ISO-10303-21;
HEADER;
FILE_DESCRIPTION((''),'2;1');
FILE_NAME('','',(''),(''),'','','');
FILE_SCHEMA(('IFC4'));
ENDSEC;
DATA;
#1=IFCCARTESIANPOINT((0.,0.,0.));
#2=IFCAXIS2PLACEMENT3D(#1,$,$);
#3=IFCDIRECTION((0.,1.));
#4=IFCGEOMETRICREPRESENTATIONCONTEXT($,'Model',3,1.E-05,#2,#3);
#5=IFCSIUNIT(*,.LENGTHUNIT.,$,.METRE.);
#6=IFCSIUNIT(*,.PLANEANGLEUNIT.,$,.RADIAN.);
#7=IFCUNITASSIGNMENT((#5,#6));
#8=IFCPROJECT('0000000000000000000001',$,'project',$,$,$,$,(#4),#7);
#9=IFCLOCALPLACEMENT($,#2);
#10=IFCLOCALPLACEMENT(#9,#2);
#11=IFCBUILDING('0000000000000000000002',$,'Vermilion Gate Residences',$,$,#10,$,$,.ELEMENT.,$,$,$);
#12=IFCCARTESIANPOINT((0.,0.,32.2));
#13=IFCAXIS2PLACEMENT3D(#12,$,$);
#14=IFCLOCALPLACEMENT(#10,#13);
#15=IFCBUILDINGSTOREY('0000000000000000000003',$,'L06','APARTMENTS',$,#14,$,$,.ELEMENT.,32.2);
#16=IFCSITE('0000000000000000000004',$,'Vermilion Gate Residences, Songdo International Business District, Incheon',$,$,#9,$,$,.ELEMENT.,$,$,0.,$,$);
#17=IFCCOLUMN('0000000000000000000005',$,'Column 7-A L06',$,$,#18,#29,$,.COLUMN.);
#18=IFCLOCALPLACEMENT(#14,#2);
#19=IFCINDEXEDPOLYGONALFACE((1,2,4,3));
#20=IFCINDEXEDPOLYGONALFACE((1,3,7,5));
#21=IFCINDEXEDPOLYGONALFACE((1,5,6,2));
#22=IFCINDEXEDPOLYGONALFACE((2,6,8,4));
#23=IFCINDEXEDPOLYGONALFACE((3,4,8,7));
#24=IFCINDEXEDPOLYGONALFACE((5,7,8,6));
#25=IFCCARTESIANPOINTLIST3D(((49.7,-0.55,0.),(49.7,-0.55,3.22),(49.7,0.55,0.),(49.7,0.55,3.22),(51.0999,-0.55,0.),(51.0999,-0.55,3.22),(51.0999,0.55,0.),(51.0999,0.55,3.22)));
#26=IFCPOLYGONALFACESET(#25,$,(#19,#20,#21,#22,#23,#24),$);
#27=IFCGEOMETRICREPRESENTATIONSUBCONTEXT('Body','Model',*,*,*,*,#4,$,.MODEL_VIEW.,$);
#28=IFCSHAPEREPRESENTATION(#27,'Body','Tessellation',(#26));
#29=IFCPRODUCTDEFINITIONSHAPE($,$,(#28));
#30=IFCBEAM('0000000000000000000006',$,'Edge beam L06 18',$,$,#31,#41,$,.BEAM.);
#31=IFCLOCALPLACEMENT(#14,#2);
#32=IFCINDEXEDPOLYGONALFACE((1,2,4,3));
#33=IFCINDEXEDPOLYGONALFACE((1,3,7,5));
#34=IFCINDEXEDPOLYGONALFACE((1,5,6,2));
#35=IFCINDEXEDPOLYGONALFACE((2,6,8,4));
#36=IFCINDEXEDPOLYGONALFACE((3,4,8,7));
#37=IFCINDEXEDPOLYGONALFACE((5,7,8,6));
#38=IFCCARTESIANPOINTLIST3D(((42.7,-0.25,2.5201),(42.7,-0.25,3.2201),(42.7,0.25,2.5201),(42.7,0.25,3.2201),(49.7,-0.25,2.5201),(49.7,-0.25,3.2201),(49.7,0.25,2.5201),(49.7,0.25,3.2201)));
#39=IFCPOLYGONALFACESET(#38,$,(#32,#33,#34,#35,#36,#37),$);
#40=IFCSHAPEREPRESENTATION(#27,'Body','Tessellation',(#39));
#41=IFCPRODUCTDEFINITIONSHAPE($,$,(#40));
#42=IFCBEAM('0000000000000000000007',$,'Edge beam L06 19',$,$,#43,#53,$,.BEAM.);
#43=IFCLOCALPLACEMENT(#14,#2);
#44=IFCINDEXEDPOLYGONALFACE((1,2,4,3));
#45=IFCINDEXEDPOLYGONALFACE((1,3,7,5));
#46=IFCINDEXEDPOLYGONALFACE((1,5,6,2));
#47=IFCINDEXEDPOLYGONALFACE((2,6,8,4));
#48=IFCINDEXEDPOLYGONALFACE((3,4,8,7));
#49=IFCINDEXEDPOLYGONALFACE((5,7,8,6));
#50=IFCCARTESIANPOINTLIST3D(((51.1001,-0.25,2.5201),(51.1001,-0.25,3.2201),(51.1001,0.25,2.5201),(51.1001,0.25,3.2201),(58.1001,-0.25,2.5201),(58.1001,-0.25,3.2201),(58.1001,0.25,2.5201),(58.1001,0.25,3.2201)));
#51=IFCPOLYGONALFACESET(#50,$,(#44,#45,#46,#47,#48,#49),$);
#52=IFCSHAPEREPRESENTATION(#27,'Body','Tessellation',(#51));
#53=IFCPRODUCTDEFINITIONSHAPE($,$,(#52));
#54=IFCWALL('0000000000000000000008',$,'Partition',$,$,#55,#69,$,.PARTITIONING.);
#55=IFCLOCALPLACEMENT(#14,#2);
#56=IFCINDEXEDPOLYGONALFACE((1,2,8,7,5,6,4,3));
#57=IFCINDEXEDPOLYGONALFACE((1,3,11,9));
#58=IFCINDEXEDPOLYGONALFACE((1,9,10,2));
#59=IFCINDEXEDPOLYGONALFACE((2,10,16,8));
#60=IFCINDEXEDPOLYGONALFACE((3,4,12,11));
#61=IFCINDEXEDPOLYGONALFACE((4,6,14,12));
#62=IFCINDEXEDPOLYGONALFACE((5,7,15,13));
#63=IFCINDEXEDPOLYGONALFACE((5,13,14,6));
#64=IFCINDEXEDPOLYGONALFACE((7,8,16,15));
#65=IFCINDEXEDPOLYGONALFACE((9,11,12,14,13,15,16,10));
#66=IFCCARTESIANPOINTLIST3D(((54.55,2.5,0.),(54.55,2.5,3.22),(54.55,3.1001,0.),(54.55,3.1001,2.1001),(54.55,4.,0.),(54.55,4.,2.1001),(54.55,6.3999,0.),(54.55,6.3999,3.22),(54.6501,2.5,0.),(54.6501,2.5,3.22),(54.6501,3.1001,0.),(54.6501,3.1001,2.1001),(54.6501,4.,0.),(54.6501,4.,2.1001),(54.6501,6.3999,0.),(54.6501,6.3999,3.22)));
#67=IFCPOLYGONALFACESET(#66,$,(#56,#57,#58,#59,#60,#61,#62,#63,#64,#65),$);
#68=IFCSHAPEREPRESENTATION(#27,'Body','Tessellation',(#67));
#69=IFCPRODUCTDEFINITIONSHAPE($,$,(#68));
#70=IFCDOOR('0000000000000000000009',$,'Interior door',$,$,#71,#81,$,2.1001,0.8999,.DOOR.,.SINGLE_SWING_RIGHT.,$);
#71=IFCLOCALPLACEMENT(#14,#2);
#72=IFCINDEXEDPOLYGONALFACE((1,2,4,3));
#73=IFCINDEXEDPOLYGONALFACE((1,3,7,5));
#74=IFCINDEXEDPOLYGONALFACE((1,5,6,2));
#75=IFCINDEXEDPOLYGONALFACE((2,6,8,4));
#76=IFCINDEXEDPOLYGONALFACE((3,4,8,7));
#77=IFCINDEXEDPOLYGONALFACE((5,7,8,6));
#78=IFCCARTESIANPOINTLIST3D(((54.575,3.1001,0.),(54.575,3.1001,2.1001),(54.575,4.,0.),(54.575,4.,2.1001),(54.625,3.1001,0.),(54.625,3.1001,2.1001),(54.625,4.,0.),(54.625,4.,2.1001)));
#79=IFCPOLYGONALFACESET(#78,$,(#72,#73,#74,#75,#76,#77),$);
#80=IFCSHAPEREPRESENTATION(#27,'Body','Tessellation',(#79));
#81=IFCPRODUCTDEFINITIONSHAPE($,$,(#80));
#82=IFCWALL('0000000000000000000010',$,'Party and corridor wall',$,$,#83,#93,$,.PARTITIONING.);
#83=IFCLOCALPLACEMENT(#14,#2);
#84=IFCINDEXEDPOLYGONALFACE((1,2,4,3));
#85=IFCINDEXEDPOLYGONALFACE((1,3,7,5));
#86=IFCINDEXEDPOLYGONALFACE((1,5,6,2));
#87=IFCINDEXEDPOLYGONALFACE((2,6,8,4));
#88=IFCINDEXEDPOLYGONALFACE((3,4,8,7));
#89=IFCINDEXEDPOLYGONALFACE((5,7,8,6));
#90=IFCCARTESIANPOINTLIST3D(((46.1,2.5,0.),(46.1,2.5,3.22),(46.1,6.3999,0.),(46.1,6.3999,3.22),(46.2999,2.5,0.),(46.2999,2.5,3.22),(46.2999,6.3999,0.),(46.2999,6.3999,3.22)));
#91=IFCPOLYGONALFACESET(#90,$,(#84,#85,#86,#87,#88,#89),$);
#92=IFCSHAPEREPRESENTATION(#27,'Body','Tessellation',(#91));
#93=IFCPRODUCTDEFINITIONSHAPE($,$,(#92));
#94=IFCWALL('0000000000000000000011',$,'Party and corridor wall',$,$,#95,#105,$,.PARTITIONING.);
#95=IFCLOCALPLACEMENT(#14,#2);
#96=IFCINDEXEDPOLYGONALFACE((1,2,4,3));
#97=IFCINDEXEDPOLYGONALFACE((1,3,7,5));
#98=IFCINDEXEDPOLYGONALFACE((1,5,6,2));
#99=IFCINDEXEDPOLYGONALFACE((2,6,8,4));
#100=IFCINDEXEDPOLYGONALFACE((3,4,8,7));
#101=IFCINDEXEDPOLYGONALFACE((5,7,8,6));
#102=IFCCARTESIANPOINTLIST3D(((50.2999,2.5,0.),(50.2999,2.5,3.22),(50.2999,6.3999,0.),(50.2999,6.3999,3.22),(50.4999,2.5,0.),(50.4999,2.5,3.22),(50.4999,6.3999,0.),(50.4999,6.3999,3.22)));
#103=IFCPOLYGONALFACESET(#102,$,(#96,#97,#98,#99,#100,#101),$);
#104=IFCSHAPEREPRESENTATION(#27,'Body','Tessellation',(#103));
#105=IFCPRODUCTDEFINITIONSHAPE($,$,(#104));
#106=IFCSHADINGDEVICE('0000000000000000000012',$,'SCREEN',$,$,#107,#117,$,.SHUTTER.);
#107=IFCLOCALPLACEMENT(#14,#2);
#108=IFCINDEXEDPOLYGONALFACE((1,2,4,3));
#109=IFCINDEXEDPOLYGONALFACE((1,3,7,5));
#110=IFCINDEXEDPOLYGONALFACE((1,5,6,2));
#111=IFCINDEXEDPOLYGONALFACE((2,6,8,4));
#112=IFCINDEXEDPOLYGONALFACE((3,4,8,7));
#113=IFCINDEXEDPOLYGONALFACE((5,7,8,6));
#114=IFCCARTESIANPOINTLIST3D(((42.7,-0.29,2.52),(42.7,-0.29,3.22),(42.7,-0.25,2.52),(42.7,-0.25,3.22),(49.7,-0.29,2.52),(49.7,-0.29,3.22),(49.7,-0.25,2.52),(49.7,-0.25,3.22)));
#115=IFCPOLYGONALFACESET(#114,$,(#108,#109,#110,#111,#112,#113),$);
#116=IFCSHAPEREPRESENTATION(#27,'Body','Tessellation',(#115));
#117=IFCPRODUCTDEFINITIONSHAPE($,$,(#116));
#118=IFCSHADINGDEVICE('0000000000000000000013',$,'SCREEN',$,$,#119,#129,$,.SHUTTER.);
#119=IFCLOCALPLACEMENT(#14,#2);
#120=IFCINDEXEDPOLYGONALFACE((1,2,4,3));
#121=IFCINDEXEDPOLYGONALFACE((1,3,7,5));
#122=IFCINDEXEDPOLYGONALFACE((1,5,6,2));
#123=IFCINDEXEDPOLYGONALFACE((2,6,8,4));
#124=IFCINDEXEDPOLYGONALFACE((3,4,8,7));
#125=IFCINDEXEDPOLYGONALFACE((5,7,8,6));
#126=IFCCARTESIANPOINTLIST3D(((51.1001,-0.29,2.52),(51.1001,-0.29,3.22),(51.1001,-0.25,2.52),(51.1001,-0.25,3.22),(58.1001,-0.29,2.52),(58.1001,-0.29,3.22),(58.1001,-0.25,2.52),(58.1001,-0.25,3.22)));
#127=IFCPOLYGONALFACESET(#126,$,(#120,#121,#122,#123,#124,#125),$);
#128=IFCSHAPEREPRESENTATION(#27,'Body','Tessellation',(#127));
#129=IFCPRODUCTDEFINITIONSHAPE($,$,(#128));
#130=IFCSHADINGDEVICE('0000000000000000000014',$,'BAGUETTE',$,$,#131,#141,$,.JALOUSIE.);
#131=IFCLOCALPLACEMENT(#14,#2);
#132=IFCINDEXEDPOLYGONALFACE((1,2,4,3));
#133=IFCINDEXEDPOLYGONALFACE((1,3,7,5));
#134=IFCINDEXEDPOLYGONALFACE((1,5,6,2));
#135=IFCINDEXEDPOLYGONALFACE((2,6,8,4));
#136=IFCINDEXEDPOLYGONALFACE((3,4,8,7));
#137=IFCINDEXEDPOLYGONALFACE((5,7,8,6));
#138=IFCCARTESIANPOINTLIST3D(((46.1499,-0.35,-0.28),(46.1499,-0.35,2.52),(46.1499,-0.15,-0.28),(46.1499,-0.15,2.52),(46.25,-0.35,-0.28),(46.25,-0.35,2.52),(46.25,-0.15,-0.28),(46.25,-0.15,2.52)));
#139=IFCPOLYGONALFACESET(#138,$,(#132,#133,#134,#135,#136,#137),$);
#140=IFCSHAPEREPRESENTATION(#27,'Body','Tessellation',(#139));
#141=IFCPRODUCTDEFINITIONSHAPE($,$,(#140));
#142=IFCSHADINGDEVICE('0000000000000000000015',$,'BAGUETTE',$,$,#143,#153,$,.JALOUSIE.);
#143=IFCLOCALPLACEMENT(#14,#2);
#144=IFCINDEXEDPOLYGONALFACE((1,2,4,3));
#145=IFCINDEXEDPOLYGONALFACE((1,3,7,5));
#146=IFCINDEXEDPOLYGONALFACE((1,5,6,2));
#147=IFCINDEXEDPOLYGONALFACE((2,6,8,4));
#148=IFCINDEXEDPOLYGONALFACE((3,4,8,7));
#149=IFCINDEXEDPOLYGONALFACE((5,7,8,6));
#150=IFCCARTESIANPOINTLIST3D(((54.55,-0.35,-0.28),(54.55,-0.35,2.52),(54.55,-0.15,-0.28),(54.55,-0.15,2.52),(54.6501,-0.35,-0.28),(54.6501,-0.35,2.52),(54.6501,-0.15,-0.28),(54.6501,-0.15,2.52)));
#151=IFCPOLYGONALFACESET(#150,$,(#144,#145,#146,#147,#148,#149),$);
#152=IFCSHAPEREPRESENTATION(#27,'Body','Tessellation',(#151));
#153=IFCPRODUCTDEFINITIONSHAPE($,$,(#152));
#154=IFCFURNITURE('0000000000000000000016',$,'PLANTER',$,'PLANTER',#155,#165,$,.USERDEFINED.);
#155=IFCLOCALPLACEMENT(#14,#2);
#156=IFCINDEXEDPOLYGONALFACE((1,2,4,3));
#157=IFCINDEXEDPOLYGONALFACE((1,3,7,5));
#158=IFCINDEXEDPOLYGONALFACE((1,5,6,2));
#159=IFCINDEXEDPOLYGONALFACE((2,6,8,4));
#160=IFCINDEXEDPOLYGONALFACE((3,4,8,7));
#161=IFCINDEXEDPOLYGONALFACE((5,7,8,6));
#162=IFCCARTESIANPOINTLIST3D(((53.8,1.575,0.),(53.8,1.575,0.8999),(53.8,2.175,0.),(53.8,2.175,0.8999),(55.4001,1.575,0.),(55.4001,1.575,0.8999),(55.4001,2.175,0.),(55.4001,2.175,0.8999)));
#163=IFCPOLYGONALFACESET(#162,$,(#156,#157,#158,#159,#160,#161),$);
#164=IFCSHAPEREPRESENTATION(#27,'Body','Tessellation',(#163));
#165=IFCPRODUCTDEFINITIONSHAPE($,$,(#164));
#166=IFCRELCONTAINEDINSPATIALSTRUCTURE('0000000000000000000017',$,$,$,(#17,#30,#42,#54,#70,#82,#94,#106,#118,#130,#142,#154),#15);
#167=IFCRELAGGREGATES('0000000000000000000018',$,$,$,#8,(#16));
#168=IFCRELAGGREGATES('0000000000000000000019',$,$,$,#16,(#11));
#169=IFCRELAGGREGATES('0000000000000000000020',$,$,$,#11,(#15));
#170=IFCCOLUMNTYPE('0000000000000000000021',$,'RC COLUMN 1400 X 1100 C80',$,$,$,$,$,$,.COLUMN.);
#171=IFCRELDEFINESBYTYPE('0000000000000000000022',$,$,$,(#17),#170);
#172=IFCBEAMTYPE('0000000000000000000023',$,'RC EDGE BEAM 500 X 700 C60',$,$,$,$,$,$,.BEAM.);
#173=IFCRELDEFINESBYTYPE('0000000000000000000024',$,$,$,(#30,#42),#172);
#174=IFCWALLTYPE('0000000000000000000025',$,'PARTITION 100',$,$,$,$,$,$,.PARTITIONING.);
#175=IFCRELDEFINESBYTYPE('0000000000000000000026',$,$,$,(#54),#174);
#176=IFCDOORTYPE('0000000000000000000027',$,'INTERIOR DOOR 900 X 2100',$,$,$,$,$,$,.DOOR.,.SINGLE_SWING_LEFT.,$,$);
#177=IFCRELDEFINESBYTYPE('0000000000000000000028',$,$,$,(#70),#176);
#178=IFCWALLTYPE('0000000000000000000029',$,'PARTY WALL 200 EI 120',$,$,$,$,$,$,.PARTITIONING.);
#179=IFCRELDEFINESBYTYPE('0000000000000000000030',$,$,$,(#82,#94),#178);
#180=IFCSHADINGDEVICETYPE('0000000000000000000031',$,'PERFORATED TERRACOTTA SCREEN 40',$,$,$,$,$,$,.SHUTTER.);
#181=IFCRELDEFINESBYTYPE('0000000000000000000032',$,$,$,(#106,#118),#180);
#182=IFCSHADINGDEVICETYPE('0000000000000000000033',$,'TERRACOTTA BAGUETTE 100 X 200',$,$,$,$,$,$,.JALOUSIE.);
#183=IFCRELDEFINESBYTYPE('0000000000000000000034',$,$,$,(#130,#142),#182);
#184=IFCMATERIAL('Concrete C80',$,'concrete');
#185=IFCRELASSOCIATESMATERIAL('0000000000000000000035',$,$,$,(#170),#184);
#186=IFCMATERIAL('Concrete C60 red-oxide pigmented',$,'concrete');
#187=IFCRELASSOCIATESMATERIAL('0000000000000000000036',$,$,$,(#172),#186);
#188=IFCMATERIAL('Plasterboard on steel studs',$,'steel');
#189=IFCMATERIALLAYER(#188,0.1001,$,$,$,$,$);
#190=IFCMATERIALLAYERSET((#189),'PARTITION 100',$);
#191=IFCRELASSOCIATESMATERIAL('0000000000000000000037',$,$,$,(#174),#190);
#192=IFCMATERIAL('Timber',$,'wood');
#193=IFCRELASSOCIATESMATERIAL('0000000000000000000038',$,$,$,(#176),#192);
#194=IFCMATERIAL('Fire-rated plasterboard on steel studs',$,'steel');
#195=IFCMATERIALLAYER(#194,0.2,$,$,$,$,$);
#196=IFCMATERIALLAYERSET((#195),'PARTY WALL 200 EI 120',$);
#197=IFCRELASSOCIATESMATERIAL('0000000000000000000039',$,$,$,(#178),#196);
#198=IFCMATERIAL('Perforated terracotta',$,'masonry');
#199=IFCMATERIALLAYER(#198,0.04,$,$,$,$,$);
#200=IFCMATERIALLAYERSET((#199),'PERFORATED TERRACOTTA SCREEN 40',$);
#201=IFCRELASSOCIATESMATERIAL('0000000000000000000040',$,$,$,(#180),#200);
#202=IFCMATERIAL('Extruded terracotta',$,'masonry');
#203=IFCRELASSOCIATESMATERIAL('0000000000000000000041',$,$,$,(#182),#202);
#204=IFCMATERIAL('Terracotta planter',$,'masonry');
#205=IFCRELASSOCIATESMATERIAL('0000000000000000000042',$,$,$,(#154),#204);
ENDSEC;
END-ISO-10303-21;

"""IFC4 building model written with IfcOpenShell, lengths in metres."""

from ifc_helpers import new_model, si_unit, direction, frame, frame_2d, origin, origin_2d, place, context, subcontext, project, spatial, rectangle, extrude, material, layer, layer_set, material_profile, profile_set, type_object, element, fill, save


model = new_model("IFC4")

# Units and contexts
model_context = context("Model", 3, precision=1e-05, world=origin(), true_north=direction((0.0, 1.0)))
body_context = subcontext(model_context, "Body", "Model", "MODEL_VIEW")
ifc_project = project(units=[si_unit("LENGTHUNIT", "METRE"), si_unit("PLANEANGLEUNIT", "RADIAN")], contexts=[model_context])

# Site, building, storey
site_placement = place(None, origin())
site = spatial("IfcSite", under=ifc_project, at=site_placement, Name="Vermilion Gate Residences, Songdo International Business District, Incheon", CompositionType="ELEMENT", RefElevation=0.0)
building_placement = place(site_placement, origin())
building = spatial("IfcBuilding", under=site, at=building_placement, Name="Vermilion Gate Residences", CompositionType="ELEMENT")
storey_placement = place(building_placement, frame((0.0, 0.0, 32.2)))
storey = spatial("IfcBuildingStorey", under=building, at=storey_placement, Name="L06", Description="APARTMENTS", CompositionType="ELEMENT", Elevation=32.2)

# Column
ifc_material_1 = material(Name="Concrete C80", Category="concrete")
ifc_material_profile_1 = material_profile(ifc_material_1, rectangle(XDim=1.3999, YDim=1.1001, at=origin_2d()), Name="RC-1400x1100")
ifc_profile_set_1 = profile_set([ifc_material_profile_1], Name="Concrete C80")
column_type = type_object("IfcColumnType", Name="RC COLUMN 1400 X 1100 C80", PredefinedType="COLUMN", material=ifc_profile_set_1)
column_placement = place(storey_placement, frame((50.3999, 0.0, 0.0), z_axis=(0.0, 0.0, 1.0), x_axis=(1.0, 0.0, 0.0)))
element("IfcColumn", 1, at=column_placement, inside=storey, type_object=column_type, Name="Column 7-A L06", PredefinedType="COLUMN", context=body_context, shape_type="SweptSolid", body=[
    extrude(rectangle(XDim=1.3999, YDim=1.1001, at=origin_2d()), origin(), (0.0, 0.0, 1.0), 3.22),
])

# Beams
ifc_material_2 = material(Name="Concrete C60 red-oxide pigmented", Category="concrete")
ifc_material_profile_2 = material_profile(ifc_material_2, rectangle(XDim=0.5, YDim=0.7, at=origin_2d()), Name="RC-500x700")
ifc_profile_set_2 = profile_set([ifc_material_profile_2], Name="Concrete C60 red-oxide pigmented")
beam_type = type_object("IfcBeamType", Name="RC EDGE BEAM 500 X 700 C60", PredefinedType="BEAM", material=ifc_profile_set_2)
for number, where, z_axis, x_axis, name in (
    (2, (42.7, 0.0, 2.8701), (1.0, 0.0, 0.0), (0.0, 1.0, 0.0), "Edge beam L06 18"),
    (3, (51.1001, 0.0, 2.8701), (1.0, 0.0, 0.0), (0.0, 1.0, 0.0), "Edge beam L06 19"),
):
    element("IfcBeam", number, at=place(storey_placement, frame(where, z_axis=z_axis, x_axis=x_axis)), inside=storey, type_object=beam_type, Name=name, PredefinedType="BEAM", context=body_context, shape_type="SweptSolid", body=[
        extrude(rectangle(XDim=0.5, YDim=0.7, at=origin_2d()), origin(), (0.0, 0.0, 1.0), 7.0),
    ])

# Wall, opening, door
ifc_material_3 = material(Name="Plasterboard on steel studs", Category="steel")
ifc_layer_1 = layer(ifc_material_3, 0.1001)
ifc_layer_set_1 = layer_set([ifc_layer_1], Name="PARTITION 100")
wall_type_1 = type_object("IfcWallType", Name="PARTITION 100", PredefinedType="PARTITIONING", material=ifc_layer_set_1)
wall_placement = place(storey_placement, frame((54.6001, 2.5, 0.0), z_axis=(0.0, 0.0, 1.0), x_axis=(0.0, 1.0, 0.0)))
wall = element("IfcWall", 4, at=wall_placement, inside=storey, type_object=wall_type_1, Name="Partition", PredefinedType="PARTITIONING", context=body_context, shape_type="SweptSolid", body=[
    extrude(rectangle(XDim=3.8999, YDim=0.1001, at=frame_2d((1.95, 0.0))), origin(), (0.0, 0.0, 1.0), 3.22),
])
opening_placement = place(wall_placement, frame((0.6001, 0.0, 0.0)))
opening = element("IfcOpeningElement", 5, at=opening_placement, cuts=wall, PredefinedType="OPENING", context=body_context, shape_type="SweptSolid", body=[
    extrude(rectangle(XDim=0.8999, YDim=2.1001, at=frame_2d((0.45, 1.05))), frame((0.0, 0.0601, 0.0), z_axis=(0.0, -1.0, 0.0), x_axis=(1.0, 0.0, 0.0)), (0.0, 0.0, 1.0), 0.1201),
])
ifc_material_4 = material(Name="Timber", Category="wood")
door_type = type_object("IfcDoorType", Name="INTERIOR DOOR 900 X 2100", OperationType="SINGLE_SWING_LEFT", PredefinedType="DOOR", material=ifc_material_4)
door_placement = place(opening_placement, frame((0.8999, 0.0, 0.0), z_axis=(0.0, 0.0, 1.0), x_axis=(-1.0, 0.0, 0.0)))
door = element("IfcDoor", 6, at=door_placement, inside=storey, type_object=door_type, Name="Interior door", OperationType="SINGLE_SWING_RIGHT", OverallHeight=2.1001, OverallWidth=0.8999, PredefinedType="DOOR", context=body_context, shape_type="SweptSolid", body=[
    extrude(rectangle(XDim=0.8999, YDim=2.1001, at=frame_2d((0.45, 1.05))), frame((0.0, 0.0249, 0.0), z_axis=(0.0, -1.0, 0.0), x_axis=(1.0, 0.0, 0.0)), (0.0, 0.0, 1.0), 0.05),
])
fill(opening, door)

# Walls
ifc_material_5 = material(Name="Fire-rated plasterboard on steel studs", Category="steel")
ifc_layer_2 = layer(ifc_material_5, 0.2)
ifc_layer_set_2 = layer_set([ifc_layer_2], Name="PARTY WALL 200 EI 120")
wall_type_2 = type_object("IfcWallType", Name="PARTY WALL 200 EI 120", PredefinedType="PARTITIONING", material=ifc_layer_set_2)
for number, where, z_axis, x_axis, name in (
    (7, (46.2, 2.5, 0.0), (0.0, 0.0, 1.0), (0.0, 1.0, 0.0), "Party and corridor wall"),
    (8, (50.3999, 2.5, 0.0), (0.0, 0.0, 1.0), (0.0, 1.0, 0.0), "Party and corridor wall"),
):
    element("IfcWall", number, at=place(storey_placement, frame(where, z_axis=z_axis, x_axis=x_axis)), inside=storey, type_object=wall_type_2, Name=name, PredefinedType="PARTITIONING", context=body_context, shape_type="SweptSolid", body=[
        extrude(rectangle(XDim=3.8999, YDim=0.2, at=frame_2d((1.95, 0.0))), origin(), (0.0, 0.0, 1.0), 3.22),
    ])

# Shading devices
ifc_material_6 = material(Name="Perforated terracotta", Category="masonry")
ifc_layer_3 = layer(ifc_material_6, 0.04)
ifc_layer_set_3 = layer_set([ifc_layer_3], Name="PERFORATED TERRACOTTA SCREEN 40")
shading_device_type_1 = type_object("IfcShadingDeviceType", Name="PERFORATED TERRACOTTA SCREEN 40", PredefinedType="SHUTTER", material=ifc_layer_set_3)
for number, where, z_axis, x_axis, name in (
    (9, (46.2, -0.27, 2.52), (0.0, 0.0, 1.0), (1.0, 0.0, 0.0), "SCREEN"),
    (10, (54.6001, -0.27, 2.52), (0.0, 0.0, 1.0), (1.0, 0.0, 0.0), "SCREEN"),
):
    element("IfcShadingDevice", number, at=place(storey_placement, frame(where, z_axis=z_axis, x_axis=x_axis)), inside=storey, type_object=shading_device_type_1, Name=name, PredefinedType="SHUTTER", context=body_context, shape_type="SweptSolid", body=[
        extrude(rectangle(XDim=7.0, YDim=0.04, at=origin_2d()), origin(), (0.0, 0.0, 1.0), 0.7),
    ])
ifc_material_7 = material(Name="Extruded terracotta", Category="masonry")
ifc_material_profile_3 = material_profile(ifc_material_7, rectangle(XDim=0.2, YDim=0.1001, at=origin_2d()), Name="BAGUETTE 100 X 200")
ifc_profile_set_3 = profile_set([ifc_material_profile_3], Name="Extruded terracotta")
shading_device_type_2 = type_object("IfcShadingDeviceType", Name="TERRACOTTA BAGUETTE 100 X 200", PredefinedType="JALOUSIE", material=ifc_profile_set_3)
for number, where, z_axis, x_axis, name in (
    (11, (46.2, -0.25, -0.28), (0.0, 0.0, 1.0), (0.0, 1.0, 0.0), "BAGUETTE"),
    (12, (54.6001, -0.25, -0.28), (0.0, 0.0, 1.0), (0.0, 1.0, 0.0), "BAGUETTE"),
):
    element("IfcShadingDevice", number, at=place(storey_placement, frame(where, z_axis=z_axis, x_axis=x_axis)), inside=storey, type_object=shading_device_type_2, Name=name, PredefinedType="JALOUSIE", context=body_context, shape_type="SweptSolid", body=[
        extrude(rectangle(XDim=0.2, YDim=0.1001, at=origin_2d()), origin(), (0.0, 0.0, 1.0), 2.8),
    ])

# Furniture
ifc_material_8 = material(Name="Terracotta planter", Category="masonry")
furniture_placement = place(storey_placement, frame((54.6001, 1.875, 0.0), z_axis=(0.0, 0.0, 1.0), x_axis=(1.0, 0.0, 0.0)))
element("IfcFurniture", 13, at=furniture_placement, inside=storey, material=ifc_material_8, Name="PLANTER", ObjectType="PLANTER", PredefinedType="USERDEFINED", context=body_context, shape_type="SweptSolid", body=[
    extrude(rectangle(XDim=1.6001, YDim=0.6001, at=origin_2d()), origin(), (0.0, 0.0, 1.0), 0.8999),
])

save(model, "model.ifc")
